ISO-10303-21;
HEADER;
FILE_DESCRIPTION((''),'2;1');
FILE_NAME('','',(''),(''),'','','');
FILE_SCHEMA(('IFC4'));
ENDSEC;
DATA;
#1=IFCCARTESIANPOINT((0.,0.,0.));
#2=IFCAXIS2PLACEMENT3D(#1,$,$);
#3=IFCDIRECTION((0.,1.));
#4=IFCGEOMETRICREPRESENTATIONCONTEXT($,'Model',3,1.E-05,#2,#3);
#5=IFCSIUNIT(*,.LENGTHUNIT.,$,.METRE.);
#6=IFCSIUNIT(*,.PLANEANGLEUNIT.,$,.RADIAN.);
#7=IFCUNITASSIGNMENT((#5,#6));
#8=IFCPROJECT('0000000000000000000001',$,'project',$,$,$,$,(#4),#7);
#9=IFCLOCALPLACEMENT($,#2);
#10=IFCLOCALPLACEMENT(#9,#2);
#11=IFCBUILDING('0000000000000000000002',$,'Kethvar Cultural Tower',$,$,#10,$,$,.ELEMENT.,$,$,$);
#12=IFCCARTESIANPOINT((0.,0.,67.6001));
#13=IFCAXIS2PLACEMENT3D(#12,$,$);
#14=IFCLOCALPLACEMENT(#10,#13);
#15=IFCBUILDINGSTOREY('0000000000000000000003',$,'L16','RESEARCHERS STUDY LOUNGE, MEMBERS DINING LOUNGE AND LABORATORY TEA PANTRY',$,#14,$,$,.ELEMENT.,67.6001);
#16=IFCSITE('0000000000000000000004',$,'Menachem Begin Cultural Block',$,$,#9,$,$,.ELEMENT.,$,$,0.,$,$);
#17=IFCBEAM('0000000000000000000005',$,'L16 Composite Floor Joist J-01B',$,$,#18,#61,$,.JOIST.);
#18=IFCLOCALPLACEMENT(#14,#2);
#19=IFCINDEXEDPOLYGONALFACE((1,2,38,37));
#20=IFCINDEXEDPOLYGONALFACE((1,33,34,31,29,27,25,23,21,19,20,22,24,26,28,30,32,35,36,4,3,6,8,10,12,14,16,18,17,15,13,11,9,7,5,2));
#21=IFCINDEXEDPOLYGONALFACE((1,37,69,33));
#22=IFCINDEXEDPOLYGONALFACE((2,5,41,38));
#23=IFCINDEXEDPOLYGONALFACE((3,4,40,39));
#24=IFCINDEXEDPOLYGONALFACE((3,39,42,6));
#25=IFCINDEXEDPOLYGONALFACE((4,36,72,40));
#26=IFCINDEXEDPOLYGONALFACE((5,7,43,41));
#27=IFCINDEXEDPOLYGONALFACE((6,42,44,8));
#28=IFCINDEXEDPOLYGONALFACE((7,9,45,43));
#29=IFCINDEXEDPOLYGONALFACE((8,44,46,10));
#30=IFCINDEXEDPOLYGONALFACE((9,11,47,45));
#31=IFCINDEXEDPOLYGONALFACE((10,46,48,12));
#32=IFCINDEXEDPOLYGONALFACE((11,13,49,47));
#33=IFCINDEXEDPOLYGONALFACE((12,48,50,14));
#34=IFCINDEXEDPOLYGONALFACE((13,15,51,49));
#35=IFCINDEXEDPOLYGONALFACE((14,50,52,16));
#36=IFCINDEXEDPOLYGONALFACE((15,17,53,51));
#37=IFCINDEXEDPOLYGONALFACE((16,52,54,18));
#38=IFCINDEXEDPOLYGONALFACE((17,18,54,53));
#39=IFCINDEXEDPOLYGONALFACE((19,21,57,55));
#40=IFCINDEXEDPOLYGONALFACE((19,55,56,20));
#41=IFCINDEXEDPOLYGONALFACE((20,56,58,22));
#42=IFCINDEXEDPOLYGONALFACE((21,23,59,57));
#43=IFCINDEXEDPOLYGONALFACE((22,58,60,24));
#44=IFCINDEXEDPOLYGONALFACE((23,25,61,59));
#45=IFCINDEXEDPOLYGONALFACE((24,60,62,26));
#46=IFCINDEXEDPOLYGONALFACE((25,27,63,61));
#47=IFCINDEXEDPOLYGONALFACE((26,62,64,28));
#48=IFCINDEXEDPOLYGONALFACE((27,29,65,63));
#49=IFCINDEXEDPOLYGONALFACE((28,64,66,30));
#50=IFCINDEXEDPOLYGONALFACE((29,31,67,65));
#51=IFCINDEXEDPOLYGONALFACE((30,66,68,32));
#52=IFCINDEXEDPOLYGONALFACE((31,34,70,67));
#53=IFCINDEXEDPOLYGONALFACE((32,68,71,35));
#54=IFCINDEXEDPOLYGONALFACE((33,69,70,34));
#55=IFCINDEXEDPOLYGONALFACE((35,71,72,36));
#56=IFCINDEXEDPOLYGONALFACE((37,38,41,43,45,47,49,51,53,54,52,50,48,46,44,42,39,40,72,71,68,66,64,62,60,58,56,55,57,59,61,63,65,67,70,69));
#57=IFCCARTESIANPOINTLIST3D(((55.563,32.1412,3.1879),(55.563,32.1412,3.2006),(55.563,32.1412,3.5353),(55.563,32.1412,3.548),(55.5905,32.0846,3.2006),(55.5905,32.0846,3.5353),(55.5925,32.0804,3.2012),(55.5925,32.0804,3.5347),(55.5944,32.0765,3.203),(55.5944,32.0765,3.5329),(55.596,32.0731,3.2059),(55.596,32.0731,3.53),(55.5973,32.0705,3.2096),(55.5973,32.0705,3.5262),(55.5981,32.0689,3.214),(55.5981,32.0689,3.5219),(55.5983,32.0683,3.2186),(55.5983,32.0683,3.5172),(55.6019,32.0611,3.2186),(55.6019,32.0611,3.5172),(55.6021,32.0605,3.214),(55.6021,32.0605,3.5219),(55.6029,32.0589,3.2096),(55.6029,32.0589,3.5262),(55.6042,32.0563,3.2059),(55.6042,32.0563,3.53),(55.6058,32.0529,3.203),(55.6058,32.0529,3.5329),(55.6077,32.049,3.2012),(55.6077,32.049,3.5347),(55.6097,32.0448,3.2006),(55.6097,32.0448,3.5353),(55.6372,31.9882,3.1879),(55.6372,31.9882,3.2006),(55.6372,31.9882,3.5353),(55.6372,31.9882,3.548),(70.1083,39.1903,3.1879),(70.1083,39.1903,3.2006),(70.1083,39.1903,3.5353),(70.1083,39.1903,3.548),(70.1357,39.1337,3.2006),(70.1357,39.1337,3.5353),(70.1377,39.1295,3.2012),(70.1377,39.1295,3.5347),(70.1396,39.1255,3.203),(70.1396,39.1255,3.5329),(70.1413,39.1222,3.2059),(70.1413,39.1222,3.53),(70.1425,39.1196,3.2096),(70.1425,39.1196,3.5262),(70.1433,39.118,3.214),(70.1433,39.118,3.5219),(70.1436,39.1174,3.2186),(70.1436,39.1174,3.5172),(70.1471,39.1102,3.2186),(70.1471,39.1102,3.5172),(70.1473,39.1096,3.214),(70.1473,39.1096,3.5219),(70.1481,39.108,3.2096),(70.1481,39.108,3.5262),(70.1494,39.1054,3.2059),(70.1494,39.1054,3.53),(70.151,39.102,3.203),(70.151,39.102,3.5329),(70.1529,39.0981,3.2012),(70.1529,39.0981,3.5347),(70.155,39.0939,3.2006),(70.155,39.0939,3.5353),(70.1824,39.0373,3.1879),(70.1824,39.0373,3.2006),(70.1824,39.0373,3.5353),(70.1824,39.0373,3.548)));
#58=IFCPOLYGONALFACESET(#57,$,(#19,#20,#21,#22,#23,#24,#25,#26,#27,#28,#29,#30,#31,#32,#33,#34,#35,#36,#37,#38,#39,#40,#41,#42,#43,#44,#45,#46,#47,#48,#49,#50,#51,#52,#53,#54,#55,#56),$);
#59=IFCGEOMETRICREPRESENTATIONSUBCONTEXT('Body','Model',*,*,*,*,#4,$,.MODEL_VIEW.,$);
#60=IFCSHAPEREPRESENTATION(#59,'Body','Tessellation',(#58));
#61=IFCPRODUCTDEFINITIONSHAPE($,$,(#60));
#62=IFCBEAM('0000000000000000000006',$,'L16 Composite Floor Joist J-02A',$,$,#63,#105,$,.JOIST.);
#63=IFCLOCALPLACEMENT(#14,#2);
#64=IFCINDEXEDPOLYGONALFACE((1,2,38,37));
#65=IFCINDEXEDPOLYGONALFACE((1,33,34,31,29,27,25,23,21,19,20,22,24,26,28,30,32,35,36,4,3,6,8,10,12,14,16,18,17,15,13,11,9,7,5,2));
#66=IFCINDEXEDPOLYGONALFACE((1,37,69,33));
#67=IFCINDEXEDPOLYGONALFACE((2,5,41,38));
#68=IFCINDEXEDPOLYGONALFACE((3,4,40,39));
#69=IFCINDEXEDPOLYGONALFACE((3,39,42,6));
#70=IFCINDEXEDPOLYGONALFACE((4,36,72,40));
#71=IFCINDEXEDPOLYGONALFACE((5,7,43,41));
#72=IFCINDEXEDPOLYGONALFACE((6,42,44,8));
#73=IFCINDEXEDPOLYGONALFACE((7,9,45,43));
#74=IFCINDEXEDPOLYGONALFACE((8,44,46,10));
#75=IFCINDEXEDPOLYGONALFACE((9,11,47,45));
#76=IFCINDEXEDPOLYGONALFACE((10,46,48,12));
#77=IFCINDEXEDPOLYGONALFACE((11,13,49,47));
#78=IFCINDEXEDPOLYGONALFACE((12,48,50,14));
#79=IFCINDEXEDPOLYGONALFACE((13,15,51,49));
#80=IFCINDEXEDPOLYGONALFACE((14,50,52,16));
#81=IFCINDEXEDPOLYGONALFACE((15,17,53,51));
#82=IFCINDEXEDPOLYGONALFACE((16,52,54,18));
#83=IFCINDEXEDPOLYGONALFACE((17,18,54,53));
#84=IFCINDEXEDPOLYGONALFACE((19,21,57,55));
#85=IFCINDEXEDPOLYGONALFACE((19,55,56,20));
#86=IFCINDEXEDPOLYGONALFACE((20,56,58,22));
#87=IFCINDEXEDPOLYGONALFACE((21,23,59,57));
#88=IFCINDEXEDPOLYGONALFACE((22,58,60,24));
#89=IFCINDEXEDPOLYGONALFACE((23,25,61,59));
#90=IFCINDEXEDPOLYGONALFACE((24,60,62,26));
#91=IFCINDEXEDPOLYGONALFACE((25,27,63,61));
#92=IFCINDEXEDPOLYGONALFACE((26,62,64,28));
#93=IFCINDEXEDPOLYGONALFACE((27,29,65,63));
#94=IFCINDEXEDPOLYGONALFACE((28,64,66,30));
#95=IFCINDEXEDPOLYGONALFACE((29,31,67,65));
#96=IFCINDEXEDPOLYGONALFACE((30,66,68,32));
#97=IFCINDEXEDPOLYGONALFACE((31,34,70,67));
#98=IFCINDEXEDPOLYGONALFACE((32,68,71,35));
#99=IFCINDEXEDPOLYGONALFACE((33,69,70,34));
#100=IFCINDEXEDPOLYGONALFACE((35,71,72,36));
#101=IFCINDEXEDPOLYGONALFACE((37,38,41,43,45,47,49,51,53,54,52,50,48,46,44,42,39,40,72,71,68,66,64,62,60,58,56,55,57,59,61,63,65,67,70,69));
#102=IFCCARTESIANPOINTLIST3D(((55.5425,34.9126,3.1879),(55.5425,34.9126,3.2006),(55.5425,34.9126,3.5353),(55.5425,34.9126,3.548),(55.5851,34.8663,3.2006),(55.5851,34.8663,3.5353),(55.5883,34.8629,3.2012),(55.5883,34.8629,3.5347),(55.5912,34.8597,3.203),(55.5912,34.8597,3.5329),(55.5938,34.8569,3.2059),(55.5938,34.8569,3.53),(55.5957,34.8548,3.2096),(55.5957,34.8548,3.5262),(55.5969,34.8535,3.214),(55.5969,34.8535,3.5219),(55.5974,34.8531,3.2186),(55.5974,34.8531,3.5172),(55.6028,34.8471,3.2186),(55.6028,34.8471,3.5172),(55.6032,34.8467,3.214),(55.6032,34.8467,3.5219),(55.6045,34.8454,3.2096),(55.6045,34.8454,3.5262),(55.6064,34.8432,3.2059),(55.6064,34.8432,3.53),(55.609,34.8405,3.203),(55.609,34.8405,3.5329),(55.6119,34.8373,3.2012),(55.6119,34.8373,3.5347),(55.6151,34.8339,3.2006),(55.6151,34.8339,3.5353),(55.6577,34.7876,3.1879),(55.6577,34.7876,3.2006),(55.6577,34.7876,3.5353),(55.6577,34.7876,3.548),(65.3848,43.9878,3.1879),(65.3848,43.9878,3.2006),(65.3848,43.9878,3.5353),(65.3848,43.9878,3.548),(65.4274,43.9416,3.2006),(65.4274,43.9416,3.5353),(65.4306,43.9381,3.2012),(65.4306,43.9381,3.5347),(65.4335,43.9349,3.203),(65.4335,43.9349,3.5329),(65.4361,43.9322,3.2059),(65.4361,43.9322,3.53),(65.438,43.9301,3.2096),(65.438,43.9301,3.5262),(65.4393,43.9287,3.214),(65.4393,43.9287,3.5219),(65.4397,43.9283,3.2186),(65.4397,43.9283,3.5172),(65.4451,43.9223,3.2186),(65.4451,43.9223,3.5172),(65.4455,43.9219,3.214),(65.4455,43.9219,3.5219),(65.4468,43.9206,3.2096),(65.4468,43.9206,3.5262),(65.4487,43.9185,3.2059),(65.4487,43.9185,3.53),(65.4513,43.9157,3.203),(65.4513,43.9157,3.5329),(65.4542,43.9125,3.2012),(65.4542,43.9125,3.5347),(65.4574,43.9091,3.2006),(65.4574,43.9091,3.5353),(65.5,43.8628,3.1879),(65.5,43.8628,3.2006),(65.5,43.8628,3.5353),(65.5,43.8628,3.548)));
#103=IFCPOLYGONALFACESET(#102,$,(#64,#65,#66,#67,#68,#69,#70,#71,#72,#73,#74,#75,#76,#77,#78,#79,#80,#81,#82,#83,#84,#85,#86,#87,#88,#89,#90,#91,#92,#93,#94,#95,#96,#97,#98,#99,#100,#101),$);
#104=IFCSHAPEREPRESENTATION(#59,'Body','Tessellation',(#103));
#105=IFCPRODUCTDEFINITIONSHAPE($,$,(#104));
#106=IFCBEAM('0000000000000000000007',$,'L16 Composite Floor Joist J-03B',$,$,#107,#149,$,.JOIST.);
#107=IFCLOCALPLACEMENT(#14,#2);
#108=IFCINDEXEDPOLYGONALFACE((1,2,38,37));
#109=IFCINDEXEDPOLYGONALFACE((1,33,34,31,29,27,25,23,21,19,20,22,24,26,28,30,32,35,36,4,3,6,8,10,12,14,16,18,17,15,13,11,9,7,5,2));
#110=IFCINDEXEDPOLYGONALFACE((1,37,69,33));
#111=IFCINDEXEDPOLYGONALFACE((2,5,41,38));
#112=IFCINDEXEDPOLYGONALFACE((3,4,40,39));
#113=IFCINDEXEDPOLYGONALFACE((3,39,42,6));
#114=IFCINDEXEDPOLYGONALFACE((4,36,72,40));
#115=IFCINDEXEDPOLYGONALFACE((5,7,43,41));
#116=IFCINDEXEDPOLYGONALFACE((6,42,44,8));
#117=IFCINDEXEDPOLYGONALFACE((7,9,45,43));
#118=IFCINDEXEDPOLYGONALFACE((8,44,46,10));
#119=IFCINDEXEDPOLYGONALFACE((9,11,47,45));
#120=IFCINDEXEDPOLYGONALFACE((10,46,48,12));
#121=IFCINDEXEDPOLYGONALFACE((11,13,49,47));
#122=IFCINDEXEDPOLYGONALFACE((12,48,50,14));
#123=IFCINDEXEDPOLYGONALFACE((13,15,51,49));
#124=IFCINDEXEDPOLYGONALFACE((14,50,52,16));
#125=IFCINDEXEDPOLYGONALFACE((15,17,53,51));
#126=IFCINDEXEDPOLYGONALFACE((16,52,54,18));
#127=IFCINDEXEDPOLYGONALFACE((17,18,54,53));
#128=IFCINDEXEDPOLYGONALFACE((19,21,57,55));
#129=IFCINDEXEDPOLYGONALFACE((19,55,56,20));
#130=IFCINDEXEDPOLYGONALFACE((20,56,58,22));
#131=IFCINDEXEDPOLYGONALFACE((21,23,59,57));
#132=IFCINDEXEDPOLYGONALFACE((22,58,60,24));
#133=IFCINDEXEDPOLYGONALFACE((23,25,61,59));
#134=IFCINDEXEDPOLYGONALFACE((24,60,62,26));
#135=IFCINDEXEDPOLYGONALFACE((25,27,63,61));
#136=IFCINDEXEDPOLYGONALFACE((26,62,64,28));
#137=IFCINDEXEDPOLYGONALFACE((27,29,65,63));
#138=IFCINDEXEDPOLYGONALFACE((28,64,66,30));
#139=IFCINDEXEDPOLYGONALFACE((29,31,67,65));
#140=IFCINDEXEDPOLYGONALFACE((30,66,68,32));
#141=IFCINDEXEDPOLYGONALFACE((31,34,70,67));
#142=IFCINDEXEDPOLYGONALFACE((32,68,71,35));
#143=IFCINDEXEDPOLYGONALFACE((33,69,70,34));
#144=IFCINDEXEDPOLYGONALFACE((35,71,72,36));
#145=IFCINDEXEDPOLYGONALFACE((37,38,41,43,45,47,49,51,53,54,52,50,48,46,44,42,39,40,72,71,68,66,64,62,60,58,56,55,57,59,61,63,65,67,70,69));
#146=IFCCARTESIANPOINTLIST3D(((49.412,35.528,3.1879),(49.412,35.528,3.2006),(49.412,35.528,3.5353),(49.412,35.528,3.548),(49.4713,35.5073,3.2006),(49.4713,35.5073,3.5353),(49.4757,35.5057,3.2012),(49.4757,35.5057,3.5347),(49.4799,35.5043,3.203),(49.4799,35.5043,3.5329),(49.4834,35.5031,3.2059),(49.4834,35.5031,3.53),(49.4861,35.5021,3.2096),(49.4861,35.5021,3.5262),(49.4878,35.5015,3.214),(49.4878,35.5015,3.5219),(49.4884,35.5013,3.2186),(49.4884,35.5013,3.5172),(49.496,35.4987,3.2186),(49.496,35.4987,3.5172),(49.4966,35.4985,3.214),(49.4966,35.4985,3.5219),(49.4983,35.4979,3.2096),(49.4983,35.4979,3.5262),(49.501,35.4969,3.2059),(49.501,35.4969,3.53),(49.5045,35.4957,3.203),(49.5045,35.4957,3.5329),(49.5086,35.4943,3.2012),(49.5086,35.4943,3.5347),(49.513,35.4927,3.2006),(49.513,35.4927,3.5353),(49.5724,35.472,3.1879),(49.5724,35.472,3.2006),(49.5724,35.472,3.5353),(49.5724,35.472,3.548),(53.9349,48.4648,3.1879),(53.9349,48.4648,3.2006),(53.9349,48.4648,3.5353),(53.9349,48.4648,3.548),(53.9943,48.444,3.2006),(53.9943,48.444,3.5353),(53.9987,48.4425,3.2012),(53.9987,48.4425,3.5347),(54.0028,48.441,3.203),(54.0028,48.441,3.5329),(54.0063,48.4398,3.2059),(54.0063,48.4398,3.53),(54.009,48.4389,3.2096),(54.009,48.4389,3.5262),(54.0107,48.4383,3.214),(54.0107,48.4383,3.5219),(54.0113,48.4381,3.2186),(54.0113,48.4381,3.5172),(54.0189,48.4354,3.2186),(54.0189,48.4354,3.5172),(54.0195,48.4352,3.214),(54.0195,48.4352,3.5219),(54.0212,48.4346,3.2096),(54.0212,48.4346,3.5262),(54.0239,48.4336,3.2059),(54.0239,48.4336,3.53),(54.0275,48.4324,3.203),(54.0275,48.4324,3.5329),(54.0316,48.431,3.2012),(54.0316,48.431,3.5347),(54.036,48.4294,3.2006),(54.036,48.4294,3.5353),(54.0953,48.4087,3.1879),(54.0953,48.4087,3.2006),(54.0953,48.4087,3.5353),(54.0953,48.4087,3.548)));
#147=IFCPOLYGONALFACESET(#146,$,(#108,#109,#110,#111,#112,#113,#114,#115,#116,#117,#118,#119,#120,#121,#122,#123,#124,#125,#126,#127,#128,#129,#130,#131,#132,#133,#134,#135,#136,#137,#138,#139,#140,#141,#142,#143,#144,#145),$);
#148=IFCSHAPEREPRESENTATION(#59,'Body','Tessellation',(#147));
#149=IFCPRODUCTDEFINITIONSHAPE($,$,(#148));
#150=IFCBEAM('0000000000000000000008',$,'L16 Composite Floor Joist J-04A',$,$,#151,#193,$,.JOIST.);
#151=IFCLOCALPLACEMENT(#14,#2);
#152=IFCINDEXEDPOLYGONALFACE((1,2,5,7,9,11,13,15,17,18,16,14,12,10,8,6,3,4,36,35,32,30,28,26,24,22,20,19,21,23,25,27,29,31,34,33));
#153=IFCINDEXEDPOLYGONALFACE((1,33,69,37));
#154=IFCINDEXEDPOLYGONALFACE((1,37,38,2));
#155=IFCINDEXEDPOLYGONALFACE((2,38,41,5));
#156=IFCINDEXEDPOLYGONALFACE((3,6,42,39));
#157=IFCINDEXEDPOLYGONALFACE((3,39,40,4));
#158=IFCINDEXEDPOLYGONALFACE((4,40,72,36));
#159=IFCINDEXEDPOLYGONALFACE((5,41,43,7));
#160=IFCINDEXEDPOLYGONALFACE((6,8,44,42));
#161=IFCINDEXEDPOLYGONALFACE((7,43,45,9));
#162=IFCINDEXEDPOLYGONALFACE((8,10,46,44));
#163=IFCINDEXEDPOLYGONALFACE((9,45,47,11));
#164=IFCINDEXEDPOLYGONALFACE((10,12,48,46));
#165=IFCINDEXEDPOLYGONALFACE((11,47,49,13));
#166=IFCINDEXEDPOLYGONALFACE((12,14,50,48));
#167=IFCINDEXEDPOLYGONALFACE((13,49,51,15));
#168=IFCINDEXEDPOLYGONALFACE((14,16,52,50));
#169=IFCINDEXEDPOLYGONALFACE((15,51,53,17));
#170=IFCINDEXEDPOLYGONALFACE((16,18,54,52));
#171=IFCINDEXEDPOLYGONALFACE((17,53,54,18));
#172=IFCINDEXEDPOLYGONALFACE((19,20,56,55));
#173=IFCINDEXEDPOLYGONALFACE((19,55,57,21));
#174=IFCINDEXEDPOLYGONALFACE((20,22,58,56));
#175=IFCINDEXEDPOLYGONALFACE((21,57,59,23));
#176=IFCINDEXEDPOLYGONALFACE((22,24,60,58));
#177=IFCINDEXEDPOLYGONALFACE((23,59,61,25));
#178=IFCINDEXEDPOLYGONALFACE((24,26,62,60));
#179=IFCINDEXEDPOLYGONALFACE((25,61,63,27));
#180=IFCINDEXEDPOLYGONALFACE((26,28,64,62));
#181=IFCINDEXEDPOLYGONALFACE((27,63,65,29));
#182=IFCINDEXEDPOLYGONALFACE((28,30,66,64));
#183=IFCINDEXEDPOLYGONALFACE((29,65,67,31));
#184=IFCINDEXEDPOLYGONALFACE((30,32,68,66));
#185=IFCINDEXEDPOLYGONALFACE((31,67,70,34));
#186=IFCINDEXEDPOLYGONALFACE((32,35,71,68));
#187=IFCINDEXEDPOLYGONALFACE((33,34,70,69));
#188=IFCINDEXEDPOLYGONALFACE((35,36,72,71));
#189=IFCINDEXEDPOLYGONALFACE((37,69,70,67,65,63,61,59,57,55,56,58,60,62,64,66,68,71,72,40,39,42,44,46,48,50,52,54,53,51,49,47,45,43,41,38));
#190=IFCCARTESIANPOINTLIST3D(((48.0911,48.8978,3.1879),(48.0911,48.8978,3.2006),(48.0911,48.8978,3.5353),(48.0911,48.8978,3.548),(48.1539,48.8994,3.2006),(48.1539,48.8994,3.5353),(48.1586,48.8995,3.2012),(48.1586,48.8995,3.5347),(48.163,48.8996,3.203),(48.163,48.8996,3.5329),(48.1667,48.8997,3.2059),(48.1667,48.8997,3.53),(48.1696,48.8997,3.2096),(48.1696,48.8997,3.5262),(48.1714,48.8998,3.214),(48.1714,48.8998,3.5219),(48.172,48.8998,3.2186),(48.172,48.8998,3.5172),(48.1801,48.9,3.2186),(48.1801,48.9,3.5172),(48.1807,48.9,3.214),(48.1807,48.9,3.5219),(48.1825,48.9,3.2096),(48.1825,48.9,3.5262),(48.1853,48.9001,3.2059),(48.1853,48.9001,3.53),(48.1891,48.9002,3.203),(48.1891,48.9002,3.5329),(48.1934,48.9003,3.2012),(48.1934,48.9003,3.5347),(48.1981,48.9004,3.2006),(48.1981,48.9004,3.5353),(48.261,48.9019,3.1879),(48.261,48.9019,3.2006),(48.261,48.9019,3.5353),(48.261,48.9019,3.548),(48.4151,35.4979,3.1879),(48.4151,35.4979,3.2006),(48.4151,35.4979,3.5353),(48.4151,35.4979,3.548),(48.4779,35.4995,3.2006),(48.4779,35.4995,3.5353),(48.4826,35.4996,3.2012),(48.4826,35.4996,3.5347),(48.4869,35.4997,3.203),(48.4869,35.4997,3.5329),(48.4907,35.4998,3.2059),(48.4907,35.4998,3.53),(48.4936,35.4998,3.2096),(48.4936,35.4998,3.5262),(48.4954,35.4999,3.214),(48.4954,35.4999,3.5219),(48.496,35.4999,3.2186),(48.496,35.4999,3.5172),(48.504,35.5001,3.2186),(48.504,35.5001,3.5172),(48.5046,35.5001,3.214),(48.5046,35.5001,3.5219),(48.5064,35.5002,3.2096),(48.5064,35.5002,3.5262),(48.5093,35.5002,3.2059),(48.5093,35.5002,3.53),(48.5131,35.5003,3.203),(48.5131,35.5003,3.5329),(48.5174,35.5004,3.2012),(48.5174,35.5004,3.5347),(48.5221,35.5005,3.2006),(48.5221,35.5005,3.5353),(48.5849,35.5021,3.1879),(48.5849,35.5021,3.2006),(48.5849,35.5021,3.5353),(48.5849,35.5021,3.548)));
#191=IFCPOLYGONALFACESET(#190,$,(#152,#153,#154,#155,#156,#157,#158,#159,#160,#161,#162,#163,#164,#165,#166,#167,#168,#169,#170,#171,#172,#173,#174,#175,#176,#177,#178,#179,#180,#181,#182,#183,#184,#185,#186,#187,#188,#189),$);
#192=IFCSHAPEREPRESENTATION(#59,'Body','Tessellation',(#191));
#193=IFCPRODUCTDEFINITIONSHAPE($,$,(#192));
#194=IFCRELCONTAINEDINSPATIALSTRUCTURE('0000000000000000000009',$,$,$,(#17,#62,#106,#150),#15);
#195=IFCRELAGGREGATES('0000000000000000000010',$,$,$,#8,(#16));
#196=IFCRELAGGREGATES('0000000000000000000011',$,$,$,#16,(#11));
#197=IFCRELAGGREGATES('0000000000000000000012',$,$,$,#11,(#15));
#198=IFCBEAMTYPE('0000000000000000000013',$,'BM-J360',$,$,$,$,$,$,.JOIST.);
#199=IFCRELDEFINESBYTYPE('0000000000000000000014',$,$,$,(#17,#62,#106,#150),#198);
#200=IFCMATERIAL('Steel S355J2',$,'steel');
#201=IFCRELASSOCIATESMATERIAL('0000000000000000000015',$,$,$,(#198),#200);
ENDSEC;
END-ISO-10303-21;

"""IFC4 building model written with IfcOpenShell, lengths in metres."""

from ifc_helpers import new_model, si_unit, direction, frame, origin, origin_2d, place, context, subcontext, project, spatial, i_section, extrude, source, transform, mapped, material, material_profile, profile_set, type_object, element, save


model = new_model("IFC4")

# Units and contexts
model_context = context("Model", 3, precision=1e-05, world=origin(), true_north=direction((0.0, 1.0)))
body_context = subcontext(model_context, "Body", "Model", "MODEL_VIEW")
ifc_project = project(units=[si_unit("LENGTHUNIT", "METRE"), si_unit("PLANEANGLEUNIT", "RADIAN")], contexts=[model_context])

# Site, building, storey
site_placement = place(None, origin())
site = spatial("IfcSite", under=ifc_project, at=site_placement, Name="Menachem Begin Cultural Block", CompositionType="ELEMENT", RefElevation=0.0)
building_placement = place(site_placement, origin())
building = spatial("IfcBuilding", under=site, at=building_placement, Name="Kethvar Cultural Tower", CompositionType="ELEMENT")
storey_placement = place(building_placement, frame((0.0, 0.0, 67.6001)))
storey = spatial("IfcBuildingStorey", under=building, at=storey_placement, Name="L16", Description="RESEARCHERS STUDY LOUNGE, MEMBERS DINING LOUNGE AND LABORATORY TEA PANTRY", CompositionType="ELEMENT", Elevation=67.6001)

# Beams
ifc_material_1 = material(Name="Steel S355J2", Category="steel")
ifc_material_profile_1 = material_profile(ifc_material_1, i_section(OverallWidth=0.1699, OverallDepth=0.3601, WebThickness=0.0081, FlangeThickness=0.0127, FilletRadius=0.0181, at=origin_2d()), Name="Steel S355J2 — IPE360")
ifc_profile_set_1 = profile_set([ifc_material_profile_1], Name="Steel S355J2 — IPE360")
beam_type_1 = type_object("IfcBeamType", Name="BM-J360", PredefinedType="JOIST", material=ifc_profile_set_1)
shared_shape_1 = source(origin(), body_context, "Body", "SweptSolid", [
    extrude(i_section(OverallWidth=0.1699, OverallDepth=0.3601, WebThickness=0.0081, FlangeThickness=0.0127, FilletRadius=0.0181, at=origin_2d()), origin(), (0.0, 0.0, 1.0), 16.1633),
])
beam_1_placement = place(storey_placement, frame((55.6001, 32.0647, 3.3679), z_axis=(0.89989, 0.436117, 0.0), x_axis=(-0.436117, 0.89989, 0.0)))
element("IfcBeam", 1, at=beam_1_placement, inside=storey, type_object=beam_type_1, Name="L16 Composite Floor Joist J-01B", PredefinedType="JOIST", context=body_context, shape_type="MappedRepresentation", body=[
    mapped(shared_shape_1, transform((0.0, 0.0, 0.0), scale=1.0)),
])
shared_shape_2 = source(origin(), body_context, "Body", "SweptSolid", [
    extrude(i_section(OverallWidth=0.1699, OverallDepth=0.3601, WebThickness=0.0081, FlangeThickness=0.0127, FilletRadius=0.0181, at=origin_2d()), origin(), (0.0, 0.0, 1.0), 13.3877),
])
beam_2_placement = place(storey_placement, frame((55.6001, 34.8501, 3.3679), z_axis=(0.735175, 0.677877, 0.0), x_axis=(-0.677877, 0.735175, 0.0)))
element("IfcBeam", 2, at=beam_2_placement, inside=storey, type_object=beam_type_1, Name="L16 Composite Floor Joist J-02A", PredefinedType="JOIST", context=body_context, shape_type="MappedRepresentation", body=[
    mapped(shared_shape_2, transform((0.0, 0.0, 0.0), scale=1.0)),
])
shared_shape_3 = source(origin(), body_context, "Body", "SweptSolid", [
    extrude(i_section(OverallWidth=0.1699, OverallDepth=0.3601, WebThickness=0.0081, FlangeThickness=0.0127, FilletRadius=0.0181, at=origin_2d()), origin(), (0.0, 0.0, 1.0), 13.7046),
])
beam_3_placement = place(storey_placement, frame((49.4922, 35.5, 3.3679), z_axis=(0.330031, 0.94397, 0.0), x_axis=(-0.94397, 0.330031, 0.0)))
element("IfcBeam", 3, at=beam_3_placement, inside=storey, type_object=beam_type_1, Name="L16 Composite Floor Joist J-03B", PredefinedType="JOIST", context=body_context, shape_type="MappedRepresentation", body=[
    mapped(shared_shape_3, transform((0.0, 0.0, 0.0), scale=1.0)),
])
shared_shape_4 = source(origin(), body_context, "Body", "SweptSolid", [
    extrude(i_section(OverallWidth=0.1699, OverallDepth=0.3601, WebThickness=0.0081, FlangeThickness=0.0127, FilletRadius=0.0181, at=origin_2d()), origin(), (0.0, 0.0, 1.0), 13.4038),
])
beam_4_placement = place(storey_placement, frame((48.5, 35.5, 3.3679), z_axis=(-0.02417, 0.999708, 0.0), x_axis=(-0.999708, -0.02417, 0.0)))
element("IfcBeam", 4, at=beam_4_placement, inside=storey, type_object=beam_type_1, Name="L16 Composite Floor Joist J-04A", PredefinedType="JOIST", context=body_context, shape_type="MappedRepresentation", body=[
    mapped(shared_shape_4, transform((0.0, 0.0, 0.0), scale=1.0)),
])

save(model, "model.ifc")
